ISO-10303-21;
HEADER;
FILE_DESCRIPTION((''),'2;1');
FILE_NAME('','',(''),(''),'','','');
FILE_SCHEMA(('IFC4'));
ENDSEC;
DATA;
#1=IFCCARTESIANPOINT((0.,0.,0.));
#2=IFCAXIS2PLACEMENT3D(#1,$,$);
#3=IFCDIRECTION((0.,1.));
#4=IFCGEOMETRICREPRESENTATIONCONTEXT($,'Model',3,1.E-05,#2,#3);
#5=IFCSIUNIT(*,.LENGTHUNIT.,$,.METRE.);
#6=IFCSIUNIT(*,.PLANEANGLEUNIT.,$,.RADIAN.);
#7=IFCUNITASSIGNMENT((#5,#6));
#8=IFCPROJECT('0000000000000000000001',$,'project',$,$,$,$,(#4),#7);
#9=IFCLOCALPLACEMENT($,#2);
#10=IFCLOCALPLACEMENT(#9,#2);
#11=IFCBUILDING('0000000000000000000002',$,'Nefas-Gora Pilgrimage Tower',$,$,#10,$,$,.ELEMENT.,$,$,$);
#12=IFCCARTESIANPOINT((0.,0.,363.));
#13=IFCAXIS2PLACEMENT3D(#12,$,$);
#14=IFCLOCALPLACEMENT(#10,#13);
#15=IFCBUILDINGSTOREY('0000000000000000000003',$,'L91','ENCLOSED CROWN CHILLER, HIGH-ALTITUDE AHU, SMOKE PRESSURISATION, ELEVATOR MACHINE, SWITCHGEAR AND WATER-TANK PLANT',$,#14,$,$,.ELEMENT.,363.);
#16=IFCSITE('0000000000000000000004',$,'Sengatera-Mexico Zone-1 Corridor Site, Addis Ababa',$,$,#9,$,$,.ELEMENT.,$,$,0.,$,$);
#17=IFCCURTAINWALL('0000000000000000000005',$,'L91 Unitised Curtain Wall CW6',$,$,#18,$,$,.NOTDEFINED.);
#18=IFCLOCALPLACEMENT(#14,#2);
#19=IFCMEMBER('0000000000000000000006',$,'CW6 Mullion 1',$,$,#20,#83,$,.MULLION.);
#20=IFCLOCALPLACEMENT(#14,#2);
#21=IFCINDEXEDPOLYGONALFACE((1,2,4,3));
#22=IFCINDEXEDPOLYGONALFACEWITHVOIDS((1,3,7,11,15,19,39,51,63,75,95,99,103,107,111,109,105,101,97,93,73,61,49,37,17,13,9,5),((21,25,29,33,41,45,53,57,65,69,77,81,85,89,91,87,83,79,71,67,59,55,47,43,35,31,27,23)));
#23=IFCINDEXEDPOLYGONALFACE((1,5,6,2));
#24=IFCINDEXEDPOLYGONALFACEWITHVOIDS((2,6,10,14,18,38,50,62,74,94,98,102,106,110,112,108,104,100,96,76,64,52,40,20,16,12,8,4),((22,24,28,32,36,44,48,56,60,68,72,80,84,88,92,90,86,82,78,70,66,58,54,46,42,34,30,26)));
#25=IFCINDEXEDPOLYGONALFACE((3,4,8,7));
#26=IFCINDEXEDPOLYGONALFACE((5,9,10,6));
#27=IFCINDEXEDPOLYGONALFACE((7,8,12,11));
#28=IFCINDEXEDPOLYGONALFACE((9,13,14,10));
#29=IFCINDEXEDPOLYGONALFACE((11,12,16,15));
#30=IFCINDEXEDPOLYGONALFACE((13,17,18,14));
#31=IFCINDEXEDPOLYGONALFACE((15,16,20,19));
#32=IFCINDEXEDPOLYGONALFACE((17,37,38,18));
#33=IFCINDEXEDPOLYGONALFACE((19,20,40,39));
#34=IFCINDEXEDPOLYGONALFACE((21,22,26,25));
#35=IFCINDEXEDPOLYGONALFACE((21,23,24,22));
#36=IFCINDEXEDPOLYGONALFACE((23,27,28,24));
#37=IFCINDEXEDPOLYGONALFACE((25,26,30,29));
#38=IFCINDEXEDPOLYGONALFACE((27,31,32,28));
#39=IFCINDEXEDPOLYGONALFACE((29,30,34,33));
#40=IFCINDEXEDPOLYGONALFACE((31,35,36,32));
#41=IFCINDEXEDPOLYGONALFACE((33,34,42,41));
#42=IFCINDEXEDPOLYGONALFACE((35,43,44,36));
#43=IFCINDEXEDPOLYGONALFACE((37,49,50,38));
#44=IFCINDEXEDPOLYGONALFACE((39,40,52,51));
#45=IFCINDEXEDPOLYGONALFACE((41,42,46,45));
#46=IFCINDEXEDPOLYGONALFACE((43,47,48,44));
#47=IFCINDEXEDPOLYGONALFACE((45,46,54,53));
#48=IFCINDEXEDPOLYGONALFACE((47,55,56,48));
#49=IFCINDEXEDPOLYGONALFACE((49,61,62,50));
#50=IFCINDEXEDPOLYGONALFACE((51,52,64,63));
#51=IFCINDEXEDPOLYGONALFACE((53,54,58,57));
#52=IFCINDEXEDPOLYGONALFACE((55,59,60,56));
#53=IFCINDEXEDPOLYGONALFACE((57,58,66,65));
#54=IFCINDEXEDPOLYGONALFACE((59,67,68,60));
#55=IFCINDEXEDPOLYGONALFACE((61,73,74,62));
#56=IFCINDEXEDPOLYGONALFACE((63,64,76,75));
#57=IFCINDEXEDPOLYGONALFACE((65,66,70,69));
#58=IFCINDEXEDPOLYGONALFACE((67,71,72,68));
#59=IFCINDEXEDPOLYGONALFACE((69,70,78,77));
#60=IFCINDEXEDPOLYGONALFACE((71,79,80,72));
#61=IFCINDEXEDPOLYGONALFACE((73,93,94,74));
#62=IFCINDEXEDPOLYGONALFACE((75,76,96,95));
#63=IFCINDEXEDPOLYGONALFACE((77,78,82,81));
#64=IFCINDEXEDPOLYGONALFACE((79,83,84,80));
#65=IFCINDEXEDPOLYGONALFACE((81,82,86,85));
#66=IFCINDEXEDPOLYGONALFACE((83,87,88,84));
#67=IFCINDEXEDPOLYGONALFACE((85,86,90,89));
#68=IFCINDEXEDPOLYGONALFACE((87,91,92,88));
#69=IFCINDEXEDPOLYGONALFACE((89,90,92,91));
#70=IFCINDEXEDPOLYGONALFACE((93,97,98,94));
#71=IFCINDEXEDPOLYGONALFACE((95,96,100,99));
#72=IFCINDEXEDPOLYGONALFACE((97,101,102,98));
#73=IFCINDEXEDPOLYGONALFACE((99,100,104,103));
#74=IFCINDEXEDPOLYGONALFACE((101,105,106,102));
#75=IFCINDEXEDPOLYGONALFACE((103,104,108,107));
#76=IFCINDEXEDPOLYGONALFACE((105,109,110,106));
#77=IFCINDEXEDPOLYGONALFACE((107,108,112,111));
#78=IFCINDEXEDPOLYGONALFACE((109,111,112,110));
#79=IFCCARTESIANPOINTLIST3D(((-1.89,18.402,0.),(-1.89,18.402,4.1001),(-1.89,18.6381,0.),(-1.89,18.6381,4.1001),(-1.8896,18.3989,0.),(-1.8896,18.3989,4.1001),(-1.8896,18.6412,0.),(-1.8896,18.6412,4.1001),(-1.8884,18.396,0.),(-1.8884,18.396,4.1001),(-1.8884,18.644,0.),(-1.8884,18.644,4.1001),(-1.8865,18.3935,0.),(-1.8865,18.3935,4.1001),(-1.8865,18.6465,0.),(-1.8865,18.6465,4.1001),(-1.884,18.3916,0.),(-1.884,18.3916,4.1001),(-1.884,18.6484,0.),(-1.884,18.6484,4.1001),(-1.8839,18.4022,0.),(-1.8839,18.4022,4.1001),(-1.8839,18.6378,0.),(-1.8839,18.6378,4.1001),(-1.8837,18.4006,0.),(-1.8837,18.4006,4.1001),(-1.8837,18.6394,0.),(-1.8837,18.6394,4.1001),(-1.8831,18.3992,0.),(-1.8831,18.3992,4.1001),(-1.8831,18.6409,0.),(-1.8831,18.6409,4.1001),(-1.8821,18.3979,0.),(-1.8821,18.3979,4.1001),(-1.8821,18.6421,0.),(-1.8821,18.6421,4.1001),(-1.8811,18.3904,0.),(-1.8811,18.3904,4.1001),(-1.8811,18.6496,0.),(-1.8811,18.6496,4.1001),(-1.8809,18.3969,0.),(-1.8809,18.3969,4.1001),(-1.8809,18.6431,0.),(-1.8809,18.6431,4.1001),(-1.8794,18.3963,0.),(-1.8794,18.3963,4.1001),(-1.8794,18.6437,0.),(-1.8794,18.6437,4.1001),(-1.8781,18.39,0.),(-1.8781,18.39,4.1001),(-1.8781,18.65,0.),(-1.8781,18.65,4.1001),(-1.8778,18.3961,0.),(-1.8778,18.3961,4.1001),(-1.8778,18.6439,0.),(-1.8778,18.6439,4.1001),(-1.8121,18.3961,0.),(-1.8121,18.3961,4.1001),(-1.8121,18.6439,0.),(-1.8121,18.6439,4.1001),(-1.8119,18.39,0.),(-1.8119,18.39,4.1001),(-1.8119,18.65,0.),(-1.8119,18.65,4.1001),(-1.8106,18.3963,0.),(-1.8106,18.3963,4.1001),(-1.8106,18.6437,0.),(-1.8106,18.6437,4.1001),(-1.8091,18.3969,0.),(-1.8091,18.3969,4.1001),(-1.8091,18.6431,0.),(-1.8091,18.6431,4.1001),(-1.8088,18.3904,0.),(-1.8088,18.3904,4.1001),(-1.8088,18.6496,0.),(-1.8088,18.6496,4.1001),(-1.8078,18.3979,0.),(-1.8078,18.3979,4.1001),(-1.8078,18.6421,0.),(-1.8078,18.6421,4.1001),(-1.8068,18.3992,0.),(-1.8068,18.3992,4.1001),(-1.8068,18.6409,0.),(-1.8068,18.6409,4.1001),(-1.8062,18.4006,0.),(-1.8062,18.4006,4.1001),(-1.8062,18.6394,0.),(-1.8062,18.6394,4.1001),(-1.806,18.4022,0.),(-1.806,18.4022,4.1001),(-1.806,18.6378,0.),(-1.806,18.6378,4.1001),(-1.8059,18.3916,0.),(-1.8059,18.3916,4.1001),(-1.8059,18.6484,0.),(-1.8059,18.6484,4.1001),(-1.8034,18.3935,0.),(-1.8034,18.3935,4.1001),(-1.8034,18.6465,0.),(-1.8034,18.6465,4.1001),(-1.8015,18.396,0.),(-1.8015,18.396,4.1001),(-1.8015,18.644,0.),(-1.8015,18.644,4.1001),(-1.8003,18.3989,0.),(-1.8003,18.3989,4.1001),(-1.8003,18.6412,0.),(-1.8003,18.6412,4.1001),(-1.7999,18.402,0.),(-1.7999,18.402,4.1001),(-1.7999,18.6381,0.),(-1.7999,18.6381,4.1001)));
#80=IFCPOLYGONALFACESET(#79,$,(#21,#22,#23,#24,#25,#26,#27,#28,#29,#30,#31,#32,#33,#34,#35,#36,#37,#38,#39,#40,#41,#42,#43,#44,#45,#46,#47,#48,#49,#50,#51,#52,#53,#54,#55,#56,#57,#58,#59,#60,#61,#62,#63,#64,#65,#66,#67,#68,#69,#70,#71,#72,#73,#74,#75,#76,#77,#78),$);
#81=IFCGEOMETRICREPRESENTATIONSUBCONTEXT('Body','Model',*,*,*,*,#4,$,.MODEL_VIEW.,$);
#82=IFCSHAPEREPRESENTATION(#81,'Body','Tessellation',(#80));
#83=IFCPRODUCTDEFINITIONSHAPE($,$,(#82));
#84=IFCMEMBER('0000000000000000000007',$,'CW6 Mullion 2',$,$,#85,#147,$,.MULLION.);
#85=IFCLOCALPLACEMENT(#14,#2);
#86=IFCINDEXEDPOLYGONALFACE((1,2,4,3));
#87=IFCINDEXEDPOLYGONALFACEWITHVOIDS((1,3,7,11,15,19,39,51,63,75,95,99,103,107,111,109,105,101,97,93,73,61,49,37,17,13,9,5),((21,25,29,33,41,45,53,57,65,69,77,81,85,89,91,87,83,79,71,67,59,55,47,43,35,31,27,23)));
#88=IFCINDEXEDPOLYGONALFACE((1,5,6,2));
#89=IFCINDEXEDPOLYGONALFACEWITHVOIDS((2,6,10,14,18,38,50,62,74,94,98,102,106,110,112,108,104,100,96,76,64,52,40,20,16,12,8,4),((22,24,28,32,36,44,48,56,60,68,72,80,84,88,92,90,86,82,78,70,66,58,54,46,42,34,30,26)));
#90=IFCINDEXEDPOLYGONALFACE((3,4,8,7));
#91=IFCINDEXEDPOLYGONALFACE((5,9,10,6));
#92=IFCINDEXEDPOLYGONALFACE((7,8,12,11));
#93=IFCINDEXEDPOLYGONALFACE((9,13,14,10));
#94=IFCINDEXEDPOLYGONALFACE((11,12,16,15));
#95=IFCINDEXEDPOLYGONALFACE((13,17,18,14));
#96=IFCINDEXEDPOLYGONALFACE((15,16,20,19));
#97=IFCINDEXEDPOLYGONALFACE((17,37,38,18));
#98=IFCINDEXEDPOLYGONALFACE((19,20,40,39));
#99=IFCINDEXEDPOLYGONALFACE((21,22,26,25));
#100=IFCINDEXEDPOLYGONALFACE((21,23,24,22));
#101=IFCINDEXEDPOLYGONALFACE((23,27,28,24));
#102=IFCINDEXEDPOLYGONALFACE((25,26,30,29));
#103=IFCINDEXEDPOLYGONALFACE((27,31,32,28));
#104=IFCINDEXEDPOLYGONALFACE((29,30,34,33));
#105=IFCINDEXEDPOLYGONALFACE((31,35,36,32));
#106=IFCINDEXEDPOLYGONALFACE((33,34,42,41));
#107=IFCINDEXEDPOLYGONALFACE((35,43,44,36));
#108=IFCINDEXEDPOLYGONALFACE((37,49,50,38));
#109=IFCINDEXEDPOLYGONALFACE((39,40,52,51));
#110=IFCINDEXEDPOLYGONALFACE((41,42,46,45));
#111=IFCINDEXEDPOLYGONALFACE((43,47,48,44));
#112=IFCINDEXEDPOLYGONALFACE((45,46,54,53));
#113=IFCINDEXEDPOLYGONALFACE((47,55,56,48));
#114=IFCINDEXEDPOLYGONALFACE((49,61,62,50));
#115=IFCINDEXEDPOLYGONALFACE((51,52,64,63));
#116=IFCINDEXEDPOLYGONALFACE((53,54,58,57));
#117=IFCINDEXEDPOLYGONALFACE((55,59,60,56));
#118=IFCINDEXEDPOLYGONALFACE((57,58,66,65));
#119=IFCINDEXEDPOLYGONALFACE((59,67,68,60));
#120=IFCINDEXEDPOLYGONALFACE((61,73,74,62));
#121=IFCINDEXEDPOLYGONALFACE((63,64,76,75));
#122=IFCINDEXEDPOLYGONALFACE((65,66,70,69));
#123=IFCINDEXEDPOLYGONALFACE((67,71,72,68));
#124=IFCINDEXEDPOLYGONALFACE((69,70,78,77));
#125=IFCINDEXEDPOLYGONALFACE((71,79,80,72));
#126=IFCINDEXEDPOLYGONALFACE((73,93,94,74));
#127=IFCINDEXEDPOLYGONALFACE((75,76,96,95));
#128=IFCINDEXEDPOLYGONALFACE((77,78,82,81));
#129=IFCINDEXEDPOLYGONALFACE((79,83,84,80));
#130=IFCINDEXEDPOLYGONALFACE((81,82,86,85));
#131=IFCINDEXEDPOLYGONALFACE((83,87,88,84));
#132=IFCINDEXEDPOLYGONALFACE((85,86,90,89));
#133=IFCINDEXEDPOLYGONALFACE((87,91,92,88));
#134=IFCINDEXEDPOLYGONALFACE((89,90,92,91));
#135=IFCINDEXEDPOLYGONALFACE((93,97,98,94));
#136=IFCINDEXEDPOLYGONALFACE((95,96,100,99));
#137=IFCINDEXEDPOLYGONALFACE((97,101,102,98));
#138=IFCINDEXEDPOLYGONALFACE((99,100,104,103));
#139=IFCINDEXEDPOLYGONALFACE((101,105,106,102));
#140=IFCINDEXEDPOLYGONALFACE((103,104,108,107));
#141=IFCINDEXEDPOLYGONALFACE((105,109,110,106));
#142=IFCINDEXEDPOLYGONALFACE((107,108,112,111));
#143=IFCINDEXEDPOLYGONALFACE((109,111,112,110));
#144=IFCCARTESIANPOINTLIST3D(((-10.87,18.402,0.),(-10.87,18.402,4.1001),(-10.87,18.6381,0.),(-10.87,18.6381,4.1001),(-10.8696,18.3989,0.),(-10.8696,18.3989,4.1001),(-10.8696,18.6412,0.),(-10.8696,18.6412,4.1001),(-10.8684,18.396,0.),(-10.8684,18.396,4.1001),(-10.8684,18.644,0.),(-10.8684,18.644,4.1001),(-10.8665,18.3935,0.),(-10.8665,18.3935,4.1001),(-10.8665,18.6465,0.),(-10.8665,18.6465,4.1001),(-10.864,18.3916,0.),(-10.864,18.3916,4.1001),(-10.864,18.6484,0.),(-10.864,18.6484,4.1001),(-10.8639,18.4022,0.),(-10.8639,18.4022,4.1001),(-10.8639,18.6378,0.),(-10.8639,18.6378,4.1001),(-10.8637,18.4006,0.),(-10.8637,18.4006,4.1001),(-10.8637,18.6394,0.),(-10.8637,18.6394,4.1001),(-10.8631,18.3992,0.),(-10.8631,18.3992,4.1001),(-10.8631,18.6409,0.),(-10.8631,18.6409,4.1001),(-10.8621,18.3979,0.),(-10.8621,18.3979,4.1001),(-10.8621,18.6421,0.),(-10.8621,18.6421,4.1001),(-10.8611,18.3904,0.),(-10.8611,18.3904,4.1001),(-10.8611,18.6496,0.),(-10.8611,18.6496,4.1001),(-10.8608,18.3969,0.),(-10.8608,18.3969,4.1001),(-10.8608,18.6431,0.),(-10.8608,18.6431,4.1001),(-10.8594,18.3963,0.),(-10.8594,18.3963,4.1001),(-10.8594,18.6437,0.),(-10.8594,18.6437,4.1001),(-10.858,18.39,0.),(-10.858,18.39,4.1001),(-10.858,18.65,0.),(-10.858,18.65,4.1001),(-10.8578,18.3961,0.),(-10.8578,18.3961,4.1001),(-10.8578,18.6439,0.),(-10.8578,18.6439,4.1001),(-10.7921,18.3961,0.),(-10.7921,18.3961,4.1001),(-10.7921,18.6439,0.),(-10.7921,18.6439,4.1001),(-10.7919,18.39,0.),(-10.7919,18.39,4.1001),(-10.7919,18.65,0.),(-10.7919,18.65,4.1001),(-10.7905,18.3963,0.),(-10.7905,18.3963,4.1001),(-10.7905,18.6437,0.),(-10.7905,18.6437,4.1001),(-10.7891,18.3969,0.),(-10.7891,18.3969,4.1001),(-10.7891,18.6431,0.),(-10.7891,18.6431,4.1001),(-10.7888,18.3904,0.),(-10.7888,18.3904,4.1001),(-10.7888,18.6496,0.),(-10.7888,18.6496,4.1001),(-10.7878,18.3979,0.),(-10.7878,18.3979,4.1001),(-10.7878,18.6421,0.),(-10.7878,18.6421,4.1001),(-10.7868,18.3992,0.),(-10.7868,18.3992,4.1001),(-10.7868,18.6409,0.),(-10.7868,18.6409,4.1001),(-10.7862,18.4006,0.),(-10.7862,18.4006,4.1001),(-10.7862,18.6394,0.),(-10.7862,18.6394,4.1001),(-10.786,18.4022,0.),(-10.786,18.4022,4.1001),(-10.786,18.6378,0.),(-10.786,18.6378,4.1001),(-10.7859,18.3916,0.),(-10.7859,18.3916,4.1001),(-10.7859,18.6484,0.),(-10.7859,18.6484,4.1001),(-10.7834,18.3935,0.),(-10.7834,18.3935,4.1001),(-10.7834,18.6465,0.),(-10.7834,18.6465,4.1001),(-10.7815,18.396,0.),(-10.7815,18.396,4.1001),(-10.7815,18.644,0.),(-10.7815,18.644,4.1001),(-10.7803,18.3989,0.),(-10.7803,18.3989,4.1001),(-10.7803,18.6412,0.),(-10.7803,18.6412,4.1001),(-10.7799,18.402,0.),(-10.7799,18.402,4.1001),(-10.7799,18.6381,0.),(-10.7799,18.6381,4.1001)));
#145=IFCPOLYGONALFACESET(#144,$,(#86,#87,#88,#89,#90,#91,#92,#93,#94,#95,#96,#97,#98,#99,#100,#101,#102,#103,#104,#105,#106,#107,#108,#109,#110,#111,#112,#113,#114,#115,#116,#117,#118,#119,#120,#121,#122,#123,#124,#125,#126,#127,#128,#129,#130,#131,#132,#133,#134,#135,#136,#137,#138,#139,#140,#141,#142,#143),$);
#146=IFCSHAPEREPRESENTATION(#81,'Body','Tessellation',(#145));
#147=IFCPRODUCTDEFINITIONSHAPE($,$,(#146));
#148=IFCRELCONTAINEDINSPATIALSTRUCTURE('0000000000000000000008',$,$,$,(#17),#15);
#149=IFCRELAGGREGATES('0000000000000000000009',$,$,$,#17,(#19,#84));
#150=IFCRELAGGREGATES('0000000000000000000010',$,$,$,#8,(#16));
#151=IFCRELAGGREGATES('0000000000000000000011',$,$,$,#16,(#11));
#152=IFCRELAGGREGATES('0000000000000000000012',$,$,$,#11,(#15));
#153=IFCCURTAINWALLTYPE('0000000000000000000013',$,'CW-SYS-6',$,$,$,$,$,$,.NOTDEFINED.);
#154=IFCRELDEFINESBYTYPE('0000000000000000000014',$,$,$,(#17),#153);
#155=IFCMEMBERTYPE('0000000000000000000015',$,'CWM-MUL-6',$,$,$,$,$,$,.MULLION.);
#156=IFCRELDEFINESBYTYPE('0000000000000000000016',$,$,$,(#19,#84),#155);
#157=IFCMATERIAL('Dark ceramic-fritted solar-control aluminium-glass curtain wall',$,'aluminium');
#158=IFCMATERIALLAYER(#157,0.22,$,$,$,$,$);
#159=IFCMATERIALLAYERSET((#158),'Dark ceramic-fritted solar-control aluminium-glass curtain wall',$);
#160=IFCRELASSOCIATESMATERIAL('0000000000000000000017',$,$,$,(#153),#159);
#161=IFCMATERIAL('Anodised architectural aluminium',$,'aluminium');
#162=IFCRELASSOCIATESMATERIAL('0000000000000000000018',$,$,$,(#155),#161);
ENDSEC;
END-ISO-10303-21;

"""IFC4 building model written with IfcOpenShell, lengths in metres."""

from ifc_helpers import new_model, si_unit, direction, frame, origin, origin_2d, place, context, subcontext, project, spatial, hollow_rectangle, extrude, source, transform, mapped, material, layer, layer_set, material_profile, profile_set, type_object, element, aggregate, save


model = new_model("IFC4")

# Units and contexts
model_context = context("Model", 3, precision=1e-05, world=origin(), true_north=direction((0.0, 1.0)))
body_context = subcontext(model_context, "Body", "Model", "MODEL_VIEW")
ifc_project = project(units=[si_unit("LENGTHUNIT", "METRE"), si_unit("PLANEANGLEUNIT", "RADIAN")], contexts=[model_context])

# Site, building, storey
site_placement = place(None, origin())
site = spatial("IfcSite", under=ifc_project, at=site_placement, Name="Sengatera-Mexico Zone-1 Corridor Site, Addis Ababa", CompositionType="ELEMENT", RefElevation=0.0)
building_placement = place(site_placement, origin())
building = spatial("IfcBuilding", under=site, at=building_placement, Name="Nefas-Gora Pilgrimage Tower", CompositionType="ELEMENT")
storey_placement = place(building_placement, frame((0.0, 0.0, 363.0)))
storey = spatial("IfcBuildingStorey", under=building, at=storey_placement, Name="L91", Description="ENCLOSED CROWN CHILLER, HIGH-ALTITUDE AHU, SMOKE PRESSURISATION, ELEVATOR MACHINE, SWITCHGEAR AND WATER-TANK PLANT", CompositionType="ELEMENT", Elevation=363.0)

# Curtain wall
ifc_material_1 = material(Name="Dark ceramic-fritted solar-control aluminium-glass curtain wall", Category="aluminium")
ifc_layer_1 = layer(ifc_material_1, 0.22)
ifc_layer_set_1 = layer_set([ifc_layer_1], Name="Dark ceramic-fritted solar-control aluminium-glass curtain wall")
curtain_wall_type = type_object("IfcCurtainWallType", Name="CW-SYS-6", PredefinedType="NOTDEFINED", material=ifc_layer_set_1)
curtain_wall_1_placement = place(storey_placement, origin())
curtain_wall_1 = element("IfcCurtainWall", 1, at=curtain_wall_1_placement, inside=storey, type_object=curtain_wall_type, Name="L91 Unitised Curtain Wall CW6", PredefinedType="NOTDEFINED")
ifc_material_2 = material(Name="Anodised architectural aluminium", Category="aluminium")

# Members
ifc_material_profile_1 = material_profile(ifc_material_2, hollow_rectangle(XDim=0.0901, YDim=0.26, WallThickness=0.0061, InnerFilletRadius=0.0061, OuterFilletRadius=0.012, at=origin_2d()), Name="ALU MULLION 90x260")
ifc_profile_set_1 = profile_set([ifc_material_profile_1], Name="Anodised architectural aluminium")
member_type_1 = type_object("IfcMemberType", Name="CWM-MUL-6", PredefinedType="MULLION", material=ifc_profile_set_1)
shared_shape_1 = source(origin(), body_context, "Body", "SweptSolid", [
    extrude(hollow_rectangle(XDim=0.0901, YDim=0.26, WallThickness=0.0061, InnerFilletRadius=0.0061, OuterFilletRadius=0.012, at=origin_2d()), origin(), (0.0, 0.0, 1.0), 4.1001),
])
member_1_placement = place(storey_placement, frame((-1.845, 18.52, 0.0), z_axis=(0.0, 0.0, 1.0), x_axis=(-1.0, 0.0, 0.0)))
member_1 = element("IfcMember", 2, at=member_1_placement, type_object=member_type_1, Name="CW6 Mullion 1", PredefinedType="MULLION", context=body_context, shape_type="MappedRepresentation", body=[
    mapped(shared_shape_1, transform((0.0, 0.0, 0.0), x_axis=(1.0, 0.0, 0.0), y_axis=(0.0, 1.0, 0.0), z_axis=(0.0, 0.0, 1.0), scale=1.0)),
])
member_2_placement = place(storey_placement, frame((-10.825, 18.52, 0.0), z_axis=(0.0, 0.0, 1.0), x_axis=(-1.0, 0.0, 0.0)))
member_2 = element("IfcMember", 3, at=member_2_placement, type_object=member_type_1, Name="CW6 Mullion 2", PredefinedType="MULLION", context=body_context, shape_type="MappedRepresentation", body=[
    mapped(shared_shape_1, transform((0.0, 0.0, 0.0), x_axis=(1.0, 0.0, 0.0), y_axis=(0.0, 1.0, 0.0), z_axis=(0.0, 0.0, 1.0), scale=1.0)),
])

aggregate(curtain_wall_1, [member_1, member_2])

save(model, "model.ifc")
